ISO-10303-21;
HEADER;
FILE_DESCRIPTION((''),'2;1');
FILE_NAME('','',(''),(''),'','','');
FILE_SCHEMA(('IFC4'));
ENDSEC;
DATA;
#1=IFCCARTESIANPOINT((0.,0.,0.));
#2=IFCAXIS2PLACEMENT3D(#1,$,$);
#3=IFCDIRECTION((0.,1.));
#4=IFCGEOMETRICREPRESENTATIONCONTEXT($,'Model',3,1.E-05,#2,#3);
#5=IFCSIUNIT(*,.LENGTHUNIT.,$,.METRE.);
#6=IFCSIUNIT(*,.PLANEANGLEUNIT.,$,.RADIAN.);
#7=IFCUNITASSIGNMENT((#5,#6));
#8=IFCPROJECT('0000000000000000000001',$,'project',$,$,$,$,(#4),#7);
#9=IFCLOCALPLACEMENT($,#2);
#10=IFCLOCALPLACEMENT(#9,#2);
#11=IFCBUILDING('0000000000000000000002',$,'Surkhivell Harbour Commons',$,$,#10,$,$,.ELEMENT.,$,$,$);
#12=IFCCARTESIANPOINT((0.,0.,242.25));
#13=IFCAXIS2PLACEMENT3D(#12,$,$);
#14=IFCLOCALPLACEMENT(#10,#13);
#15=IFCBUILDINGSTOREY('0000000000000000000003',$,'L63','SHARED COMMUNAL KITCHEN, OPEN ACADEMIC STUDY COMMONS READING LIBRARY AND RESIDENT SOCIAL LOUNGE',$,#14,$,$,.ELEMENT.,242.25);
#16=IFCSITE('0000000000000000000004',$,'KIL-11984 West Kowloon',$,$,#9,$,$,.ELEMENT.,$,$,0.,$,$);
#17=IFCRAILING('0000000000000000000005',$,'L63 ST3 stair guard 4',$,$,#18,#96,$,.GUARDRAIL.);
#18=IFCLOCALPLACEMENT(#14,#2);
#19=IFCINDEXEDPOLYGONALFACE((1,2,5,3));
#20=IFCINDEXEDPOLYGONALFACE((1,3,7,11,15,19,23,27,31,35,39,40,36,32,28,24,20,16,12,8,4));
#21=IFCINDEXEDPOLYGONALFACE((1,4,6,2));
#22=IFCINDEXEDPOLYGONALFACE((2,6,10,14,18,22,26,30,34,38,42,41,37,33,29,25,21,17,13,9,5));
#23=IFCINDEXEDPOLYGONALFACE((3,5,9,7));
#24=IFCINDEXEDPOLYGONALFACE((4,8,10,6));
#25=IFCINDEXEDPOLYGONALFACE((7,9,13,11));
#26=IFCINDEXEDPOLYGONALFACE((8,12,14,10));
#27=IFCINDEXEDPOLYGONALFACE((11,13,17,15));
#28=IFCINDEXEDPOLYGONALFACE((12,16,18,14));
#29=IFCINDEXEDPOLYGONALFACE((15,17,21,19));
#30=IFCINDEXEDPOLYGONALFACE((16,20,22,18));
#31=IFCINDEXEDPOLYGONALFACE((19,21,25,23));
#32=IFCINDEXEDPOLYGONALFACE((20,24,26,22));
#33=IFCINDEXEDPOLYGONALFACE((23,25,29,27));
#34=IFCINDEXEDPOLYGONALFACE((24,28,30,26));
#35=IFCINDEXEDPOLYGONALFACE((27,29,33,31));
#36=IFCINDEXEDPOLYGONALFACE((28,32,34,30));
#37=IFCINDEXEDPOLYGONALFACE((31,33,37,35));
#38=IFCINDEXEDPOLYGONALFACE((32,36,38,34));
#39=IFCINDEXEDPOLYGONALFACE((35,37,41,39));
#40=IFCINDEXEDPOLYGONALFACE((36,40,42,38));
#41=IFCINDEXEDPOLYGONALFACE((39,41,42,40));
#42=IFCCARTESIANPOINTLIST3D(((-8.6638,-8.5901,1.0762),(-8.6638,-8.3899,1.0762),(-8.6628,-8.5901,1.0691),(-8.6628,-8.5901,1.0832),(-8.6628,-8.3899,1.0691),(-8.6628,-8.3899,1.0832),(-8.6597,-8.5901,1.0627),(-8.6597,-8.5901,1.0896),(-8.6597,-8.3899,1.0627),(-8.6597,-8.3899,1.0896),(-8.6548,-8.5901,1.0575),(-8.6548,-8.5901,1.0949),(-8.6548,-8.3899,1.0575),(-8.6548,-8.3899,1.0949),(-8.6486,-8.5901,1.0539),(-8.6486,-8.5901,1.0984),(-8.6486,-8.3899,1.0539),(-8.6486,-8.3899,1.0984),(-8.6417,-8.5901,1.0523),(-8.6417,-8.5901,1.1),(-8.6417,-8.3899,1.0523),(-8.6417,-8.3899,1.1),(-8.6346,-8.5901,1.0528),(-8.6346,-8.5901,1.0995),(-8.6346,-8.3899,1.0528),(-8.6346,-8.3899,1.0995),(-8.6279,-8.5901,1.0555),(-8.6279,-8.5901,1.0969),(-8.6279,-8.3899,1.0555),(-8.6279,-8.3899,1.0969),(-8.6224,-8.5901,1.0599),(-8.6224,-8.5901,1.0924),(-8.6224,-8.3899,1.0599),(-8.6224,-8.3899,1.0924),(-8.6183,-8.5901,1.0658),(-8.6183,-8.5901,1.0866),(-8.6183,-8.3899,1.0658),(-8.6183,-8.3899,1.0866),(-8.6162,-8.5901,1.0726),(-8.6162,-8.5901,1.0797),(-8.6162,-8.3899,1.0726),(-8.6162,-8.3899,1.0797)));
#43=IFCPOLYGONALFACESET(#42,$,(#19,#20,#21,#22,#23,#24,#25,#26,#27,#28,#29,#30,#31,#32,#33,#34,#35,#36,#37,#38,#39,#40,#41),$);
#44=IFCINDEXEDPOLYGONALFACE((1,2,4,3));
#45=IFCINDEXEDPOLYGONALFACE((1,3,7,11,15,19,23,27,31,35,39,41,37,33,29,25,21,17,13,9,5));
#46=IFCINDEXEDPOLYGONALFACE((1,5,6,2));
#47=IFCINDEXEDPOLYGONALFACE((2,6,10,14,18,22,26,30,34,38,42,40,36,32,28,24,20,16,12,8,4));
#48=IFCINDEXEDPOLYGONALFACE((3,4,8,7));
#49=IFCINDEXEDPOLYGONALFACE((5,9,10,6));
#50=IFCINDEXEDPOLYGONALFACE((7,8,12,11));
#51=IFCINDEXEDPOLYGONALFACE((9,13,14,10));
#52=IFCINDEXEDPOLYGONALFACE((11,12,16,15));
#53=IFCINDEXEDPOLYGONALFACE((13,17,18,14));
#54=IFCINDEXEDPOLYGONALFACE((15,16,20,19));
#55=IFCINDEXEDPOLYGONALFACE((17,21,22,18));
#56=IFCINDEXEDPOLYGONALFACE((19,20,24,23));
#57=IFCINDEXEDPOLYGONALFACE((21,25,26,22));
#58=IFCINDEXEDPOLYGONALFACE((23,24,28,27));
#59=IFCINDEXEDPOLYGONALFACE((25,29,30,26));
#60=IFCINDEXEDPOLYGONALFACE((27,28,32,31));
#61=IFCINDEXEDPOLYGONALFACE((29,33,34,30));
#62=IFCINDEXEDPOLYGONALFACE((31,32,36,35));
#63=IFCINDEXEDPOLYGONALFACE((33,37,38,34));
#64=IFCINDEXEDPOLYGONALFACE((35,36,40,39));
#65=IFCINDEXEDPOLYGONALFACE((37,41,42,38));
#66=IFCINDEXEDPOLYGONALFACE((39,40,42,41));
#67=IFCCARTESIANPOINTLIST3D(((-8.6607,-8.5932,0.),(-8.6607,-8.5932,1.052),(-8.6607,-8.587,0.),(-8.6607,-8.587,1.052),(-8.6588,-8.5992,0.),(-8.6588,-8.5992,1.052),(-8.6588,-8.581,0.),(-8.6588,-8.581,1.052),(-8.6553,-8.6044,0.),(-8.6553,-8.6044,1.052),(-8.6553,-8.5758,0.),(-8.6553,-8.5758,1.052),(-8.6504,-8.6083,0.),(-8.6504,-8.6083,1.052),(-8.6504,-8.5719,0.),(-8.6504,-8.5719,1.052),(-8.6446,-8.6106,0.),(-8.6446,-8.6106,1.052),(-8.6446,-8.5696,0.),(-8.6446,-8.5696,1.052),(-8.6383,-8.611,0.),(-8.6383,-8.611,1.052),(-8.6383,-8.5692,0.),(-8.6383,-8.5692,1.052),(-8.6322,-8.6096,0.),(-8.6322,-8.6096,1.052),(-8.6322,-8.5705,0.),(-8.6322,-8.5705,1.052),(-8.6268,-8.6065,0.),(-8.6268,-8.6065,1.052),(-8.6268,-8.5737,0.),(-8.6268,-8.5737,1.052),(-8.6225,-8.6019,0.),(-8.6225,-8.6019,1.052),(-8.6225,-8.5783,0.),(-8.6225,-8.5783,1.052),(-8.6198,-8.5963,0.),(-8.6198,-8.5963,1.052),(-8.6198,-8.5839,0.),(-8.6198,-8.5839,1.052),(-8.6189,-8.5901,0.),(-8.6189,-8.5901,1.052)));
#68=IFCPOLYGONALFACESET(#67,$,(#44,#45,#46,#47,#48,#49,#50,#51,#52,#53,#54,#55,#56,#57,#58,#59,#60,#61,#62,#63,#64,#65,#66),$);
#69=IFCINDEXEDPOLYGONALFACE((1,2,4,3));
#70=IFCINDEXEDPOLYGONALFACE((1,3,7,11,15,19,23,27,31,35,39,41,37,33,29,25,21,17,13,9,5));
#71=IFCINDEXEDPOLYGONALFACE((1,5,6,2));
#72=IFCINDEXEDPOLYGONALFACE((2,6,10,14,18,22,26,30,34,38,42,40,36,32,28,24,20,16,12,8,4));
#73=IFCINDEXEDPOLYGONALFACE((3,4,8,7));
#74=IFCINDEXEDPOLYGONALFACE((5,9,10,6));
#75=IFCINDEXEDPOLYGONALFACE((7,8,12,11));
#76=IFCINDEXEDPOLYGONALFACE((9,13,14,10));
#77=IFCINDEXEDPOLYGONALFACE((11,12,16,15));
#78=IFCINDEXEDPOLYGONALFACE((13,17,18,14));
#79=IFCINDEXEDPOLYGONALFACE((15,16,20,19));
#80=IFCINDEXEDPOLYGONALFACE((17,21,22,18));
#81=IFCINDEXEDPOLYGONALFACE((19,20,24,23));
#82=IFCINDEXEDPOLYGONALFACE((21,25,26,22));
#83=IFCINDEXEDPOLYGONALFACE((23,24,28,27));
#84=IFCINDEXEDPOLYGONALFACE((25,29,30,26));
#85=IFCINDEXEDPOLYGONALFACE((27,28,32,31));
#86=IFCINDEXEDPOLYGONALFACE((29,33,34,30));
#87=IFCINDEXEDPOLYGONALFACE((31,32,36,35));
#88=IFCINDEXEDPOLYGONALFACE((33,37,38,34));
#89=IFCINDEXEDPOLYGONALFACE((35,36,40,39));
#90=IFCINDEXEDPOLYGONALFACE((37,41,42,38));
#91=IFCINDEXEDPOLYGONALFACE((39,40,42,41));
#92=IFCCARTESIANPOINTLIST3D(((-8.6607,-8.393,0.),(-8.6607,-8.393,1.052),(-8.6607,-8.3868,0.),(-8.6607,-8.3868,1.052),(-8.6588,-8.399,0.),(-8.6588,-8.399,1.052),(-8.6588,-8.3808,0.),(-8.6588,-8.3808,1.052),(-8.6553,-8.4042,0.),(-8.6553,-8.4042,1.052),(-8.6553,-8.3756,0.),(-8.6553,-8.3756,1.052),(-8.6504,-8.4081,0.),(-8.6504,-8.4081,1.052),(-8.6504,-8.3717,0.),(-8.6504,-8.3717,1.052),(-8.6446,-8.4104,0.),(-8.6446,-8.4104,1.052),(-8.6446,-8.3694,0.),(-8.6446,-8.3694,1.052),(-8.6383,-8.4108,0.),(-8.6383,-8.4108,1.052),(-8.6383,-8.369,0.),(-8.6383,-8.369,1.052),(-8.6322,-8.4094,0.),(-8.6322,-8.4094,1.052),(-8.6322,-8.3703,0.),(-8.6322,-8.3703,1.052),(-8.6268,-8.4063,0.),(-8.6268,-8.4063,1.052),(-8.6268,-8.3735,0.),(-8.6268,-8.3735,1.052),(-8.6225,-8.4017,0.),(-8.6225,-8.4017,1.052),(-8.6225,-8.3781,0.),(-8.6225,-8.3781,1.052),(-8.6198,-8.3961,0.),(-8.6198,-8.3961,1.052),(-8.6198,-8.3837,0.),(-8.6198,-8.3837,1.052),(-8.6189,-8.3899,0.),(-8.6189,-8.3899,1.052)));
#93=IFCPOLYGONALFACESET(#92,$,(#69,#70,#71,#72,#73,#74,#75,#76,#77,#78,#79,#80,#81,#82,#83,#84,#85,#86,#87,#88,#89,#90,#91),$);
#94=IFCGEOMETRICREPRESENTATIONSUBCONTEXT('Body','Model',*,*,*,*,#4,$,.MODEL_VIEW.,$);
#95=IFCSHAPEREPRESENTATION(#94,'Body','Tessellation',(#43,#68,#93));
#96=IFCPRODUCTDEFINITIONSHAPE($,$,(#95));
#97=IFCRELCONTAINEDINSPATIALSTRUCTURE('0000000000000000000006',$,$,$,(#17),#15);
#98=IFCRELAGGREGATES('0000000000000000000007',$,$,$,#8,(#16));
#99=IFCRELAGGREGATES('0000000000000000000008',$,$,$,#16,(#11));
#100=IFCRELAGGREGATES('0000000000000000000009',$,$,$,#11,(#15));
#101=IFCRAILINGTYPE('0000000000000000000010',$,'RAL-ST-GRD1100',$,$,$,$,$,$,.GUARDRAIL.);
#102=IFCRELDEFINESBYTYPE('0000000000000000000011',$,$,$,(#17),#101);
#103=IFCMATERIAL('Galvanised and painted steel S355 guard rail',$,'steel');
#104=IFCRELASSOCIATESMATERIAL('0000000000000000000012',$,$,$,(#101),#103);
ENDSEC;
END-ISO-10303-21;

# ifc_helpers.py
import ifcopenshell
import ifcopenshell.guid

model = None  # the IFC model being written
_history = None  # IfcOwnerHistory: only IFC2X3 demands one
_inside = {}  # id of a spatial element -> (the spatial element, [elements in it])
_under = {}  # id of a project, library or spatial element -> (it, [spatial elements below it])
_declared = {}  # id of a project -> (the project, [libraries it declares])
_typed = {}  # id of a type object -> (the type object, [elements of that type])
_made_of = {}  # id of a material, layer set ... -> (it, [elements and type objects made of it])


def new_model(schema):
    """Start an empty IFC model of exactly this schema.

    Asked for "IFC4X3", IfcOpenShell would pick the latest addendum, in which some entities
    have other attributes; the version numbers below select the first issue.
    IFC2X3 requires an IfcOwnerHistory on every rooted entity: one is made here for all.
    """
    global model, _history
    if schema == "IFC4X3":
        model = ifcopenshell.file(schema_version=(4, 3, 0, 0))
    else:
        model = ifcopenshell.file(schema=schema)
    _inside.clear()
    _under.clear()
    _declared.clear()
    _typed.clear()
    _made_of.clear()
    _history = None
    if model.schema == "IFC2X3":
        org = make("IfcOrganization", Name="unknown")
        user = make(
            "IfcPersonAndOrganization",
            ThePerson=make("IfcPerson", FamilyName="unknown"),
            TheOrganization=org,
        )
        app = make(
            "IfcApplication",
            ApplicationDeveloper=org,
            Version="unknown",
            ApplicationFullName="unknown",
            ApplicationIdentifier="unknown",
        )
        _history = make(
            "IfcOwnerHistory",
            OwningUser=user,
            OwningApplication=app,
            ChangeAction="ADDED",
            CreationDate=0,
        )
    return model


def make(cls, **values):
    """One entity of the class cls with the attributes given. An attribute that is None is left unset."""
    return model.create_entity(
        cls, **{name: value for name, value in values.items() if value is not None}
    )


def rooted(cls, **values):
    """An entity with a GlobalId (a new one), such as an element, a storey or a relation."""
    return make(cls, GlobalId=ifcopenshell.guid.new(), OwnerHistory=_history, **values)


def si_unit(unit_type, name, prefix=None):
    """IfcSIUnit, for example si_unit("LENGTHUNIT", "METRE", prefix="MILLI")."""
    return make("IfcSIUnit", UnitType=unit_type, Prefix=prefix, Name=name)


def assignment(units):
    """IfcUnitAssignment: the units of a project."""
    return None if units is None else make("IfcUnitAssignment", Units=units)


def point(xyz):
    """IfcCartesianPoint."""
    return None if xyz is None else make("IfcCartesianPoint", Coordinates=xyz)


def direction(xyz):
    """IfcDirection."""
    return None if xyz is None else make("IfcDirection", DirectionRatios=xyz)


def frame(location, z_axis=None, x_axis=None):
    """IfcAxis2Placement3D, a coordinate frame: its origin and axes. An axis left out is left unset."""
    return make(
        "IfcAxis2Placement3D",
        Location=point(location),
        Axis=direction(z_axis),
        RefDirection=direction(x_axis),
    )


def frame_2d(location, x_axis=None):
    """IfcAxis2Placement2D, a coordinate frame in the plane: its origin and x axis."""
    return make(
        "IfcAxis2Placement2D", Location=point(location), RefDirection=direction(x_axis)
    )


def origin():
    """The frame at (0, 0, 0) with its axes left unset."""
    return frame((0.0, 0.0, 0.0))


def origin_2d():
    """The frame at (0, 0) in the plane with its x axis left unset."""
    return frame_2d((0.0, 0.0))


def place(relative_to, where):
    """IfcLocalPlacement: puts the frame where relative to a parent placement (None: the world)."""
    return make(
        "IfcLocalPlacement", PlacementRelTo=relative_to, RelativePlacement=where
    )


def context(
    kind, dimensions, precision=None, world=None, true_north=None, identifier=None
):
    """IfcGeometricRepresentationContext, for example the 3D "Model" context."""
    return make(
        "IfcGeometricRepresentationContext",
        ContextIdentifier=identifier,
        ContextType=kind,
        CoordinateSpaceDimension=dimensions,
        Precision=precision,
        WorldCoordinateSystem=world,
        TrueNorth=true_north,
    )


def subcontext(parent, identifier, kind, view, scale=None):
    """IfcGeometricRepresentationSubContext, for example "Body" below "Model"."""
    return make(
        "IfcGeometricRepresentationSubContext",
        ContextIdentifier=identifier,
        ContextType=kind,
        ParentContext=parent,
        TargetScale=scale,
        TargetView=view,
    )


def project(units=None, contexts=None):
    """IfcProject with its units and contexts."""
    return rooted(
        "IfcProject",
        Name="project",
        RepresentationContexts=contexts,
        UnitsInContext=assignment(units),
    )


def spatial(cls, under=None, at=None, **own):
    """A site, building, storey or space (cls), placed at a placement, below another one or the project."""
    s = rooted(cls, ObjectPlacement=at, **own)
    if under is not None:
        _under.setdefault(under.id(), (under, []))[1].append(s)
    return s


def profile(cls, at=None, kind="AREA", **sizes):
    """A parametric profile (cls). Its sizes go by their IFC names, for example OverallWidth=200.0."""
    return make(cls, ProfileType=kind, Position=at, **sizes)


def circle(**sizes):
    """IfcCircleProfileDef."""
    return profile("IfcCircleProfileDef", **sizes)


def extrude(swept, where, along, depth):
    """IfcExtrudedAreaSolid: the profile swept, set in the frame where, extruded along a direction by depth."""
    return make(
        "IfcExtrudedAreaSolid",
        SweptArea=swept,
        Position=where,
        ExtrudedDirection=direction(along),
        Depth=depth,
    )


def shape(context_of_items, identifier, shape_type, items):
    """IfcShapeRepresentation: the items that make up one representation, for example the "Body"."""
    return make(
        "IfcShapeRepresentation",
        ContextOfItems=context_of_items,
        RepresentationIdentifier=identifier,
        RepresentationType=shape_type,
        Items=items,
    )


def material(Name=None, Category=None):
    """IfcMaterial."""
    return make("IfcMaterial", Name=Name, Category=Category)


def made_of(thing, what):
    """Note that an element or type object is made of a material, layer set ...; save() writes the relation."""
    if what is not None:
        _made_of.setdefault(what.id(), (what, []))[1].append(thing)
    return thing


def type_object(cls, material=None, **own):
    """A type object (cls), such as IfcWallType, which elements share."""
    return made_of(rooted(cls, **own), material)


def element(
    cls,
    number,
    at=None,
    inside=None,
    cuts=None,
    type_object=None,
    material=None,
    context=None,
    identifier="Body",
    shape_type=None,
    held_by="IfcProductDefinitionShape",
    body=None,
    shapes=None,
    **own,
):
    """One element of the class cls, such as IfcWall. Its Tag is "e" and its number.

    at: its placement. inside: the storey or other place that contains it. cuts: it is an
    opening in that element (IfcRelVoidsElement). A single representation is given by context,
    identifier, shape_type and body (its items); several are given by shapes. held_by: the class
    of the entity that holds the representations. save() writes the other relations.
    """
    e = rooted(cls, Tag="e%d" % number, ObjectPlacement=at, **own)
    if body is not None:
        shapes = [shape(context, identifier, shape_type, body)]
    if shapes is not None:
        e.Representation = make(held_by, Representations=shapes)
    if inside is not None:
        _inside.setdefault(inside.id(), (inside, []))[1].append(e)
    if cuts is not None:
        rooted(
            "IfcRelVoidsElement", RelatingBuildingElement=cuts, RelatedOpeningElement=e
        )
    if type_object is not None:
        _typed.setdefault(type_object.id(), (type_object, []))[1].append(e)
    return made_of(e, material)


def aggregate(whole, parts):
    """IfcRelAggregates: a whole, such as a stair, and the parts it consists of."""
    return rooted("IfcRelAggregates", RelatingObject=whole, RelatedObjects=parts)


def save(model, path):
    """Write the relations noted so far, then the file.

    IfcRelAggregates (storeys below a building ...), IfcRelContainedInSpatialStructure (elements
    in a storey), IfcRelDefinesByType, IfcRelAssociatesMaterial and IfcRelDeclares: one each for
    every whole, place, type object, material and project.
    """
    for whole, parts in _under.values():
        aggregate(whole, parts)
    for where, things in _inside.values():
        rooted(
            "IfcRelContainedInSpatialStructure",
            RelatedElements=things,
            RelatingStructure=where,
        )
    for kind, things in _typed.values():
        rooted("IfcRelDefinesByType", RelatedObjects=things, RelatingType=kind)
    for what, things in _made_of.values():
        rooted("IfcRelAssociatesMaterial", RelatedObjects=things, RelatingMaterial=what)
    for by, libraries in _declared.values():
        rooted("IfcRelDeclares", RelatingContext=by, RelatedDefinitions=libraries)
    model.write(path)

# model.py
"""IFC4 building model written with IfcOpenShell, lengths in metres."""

from ifc_helpers import new_model, si_unit, direction, frame, origin, origin_2d, place, context, subcontext, project, spatial, circle, extrude, material, type_object, element, save


model = new_model("IFC4")

# Units and contexts
model_context = context("Model", 3, precision=1e-05, world=origin(), true_north=direction((0.0, 1.0)))
body_context = subcontext(model_context, "Body", "Model", "MODEL_VIEW")
ifc_project = project(units=[si_unit("LENGTHUNIT", "METRE"), si_unit("PLANEANGLEUNIT", "RADIAN")], contexts=[model_context])

# Site, building, storey
site_placement = place(None, origin())
site = spatial("IfcSite", under=ifc_project, at=site_placement, Name="KIL-11984 West Kowloon", CompositionType="ELEMENT", RefElevation=0.0)
building_placement = place(site_placement, origin())
building = spatial("IfcBuilding", under=site, at=building_placement, Name="Surkhivell Harbour Commons", CompositionType="ELEMENT")
storey_placement = place(building_placement, frame((0.0, 0.0, 242.25)))
storey = spatial("IfcBuildingStorey", under=building, at=storey_placement, Name="L63", Description="SHARED COMMUNAL KITCHEN, OPEN ACADEMIC STUDY COMMONS READING LIBRARY AND RESIDENT SOCIAL LOUNGE", CompositionType="ELEMENT", Elevation=242.25)

# Railing
ifc_material_1 = material(Name="Galvanised and painted steel S355 guard rail", Category="steel")
railing_type_1 = type_object("IfcRailingType", Name="RAL-ST-GRD1100", PredefinedType="GUARDRAIL", material=ifc_material_1)
railing_1_placement = place(storey_placement, frame((-8.6399, -8.5901, 0.0)))
element("IfcRailing", 1, at=railing_1_placement, inside=storey, type_object=railing_type_1, Name="L63 ST3 stair guard 4", PredefinedType="GUARDRAIL", context=body_context, shape_type="SweptSolid", body=[
    extrude(circle(Radius=0.0239, at=origin_2d()), frame((0.0, 0.0, 1.0762), z_axis=(0.0, 1.0, 0.0), x_axis=(-1.0, 0.0, 0.0)), (0.0, 0.0, 1.0), 0.2002),
    extrude(circle(Radius=0.021, at=origin_2d()), origin(), (0.0, 0.0, 1.0), 1.052),
    extrude(circle(Radius=0.021, at=origin_2d()), frame((0.0, 0.2002, 0.0)), (0.0, 0.0, 1.0), 1.052),
])

save(model, "model.ifc")
